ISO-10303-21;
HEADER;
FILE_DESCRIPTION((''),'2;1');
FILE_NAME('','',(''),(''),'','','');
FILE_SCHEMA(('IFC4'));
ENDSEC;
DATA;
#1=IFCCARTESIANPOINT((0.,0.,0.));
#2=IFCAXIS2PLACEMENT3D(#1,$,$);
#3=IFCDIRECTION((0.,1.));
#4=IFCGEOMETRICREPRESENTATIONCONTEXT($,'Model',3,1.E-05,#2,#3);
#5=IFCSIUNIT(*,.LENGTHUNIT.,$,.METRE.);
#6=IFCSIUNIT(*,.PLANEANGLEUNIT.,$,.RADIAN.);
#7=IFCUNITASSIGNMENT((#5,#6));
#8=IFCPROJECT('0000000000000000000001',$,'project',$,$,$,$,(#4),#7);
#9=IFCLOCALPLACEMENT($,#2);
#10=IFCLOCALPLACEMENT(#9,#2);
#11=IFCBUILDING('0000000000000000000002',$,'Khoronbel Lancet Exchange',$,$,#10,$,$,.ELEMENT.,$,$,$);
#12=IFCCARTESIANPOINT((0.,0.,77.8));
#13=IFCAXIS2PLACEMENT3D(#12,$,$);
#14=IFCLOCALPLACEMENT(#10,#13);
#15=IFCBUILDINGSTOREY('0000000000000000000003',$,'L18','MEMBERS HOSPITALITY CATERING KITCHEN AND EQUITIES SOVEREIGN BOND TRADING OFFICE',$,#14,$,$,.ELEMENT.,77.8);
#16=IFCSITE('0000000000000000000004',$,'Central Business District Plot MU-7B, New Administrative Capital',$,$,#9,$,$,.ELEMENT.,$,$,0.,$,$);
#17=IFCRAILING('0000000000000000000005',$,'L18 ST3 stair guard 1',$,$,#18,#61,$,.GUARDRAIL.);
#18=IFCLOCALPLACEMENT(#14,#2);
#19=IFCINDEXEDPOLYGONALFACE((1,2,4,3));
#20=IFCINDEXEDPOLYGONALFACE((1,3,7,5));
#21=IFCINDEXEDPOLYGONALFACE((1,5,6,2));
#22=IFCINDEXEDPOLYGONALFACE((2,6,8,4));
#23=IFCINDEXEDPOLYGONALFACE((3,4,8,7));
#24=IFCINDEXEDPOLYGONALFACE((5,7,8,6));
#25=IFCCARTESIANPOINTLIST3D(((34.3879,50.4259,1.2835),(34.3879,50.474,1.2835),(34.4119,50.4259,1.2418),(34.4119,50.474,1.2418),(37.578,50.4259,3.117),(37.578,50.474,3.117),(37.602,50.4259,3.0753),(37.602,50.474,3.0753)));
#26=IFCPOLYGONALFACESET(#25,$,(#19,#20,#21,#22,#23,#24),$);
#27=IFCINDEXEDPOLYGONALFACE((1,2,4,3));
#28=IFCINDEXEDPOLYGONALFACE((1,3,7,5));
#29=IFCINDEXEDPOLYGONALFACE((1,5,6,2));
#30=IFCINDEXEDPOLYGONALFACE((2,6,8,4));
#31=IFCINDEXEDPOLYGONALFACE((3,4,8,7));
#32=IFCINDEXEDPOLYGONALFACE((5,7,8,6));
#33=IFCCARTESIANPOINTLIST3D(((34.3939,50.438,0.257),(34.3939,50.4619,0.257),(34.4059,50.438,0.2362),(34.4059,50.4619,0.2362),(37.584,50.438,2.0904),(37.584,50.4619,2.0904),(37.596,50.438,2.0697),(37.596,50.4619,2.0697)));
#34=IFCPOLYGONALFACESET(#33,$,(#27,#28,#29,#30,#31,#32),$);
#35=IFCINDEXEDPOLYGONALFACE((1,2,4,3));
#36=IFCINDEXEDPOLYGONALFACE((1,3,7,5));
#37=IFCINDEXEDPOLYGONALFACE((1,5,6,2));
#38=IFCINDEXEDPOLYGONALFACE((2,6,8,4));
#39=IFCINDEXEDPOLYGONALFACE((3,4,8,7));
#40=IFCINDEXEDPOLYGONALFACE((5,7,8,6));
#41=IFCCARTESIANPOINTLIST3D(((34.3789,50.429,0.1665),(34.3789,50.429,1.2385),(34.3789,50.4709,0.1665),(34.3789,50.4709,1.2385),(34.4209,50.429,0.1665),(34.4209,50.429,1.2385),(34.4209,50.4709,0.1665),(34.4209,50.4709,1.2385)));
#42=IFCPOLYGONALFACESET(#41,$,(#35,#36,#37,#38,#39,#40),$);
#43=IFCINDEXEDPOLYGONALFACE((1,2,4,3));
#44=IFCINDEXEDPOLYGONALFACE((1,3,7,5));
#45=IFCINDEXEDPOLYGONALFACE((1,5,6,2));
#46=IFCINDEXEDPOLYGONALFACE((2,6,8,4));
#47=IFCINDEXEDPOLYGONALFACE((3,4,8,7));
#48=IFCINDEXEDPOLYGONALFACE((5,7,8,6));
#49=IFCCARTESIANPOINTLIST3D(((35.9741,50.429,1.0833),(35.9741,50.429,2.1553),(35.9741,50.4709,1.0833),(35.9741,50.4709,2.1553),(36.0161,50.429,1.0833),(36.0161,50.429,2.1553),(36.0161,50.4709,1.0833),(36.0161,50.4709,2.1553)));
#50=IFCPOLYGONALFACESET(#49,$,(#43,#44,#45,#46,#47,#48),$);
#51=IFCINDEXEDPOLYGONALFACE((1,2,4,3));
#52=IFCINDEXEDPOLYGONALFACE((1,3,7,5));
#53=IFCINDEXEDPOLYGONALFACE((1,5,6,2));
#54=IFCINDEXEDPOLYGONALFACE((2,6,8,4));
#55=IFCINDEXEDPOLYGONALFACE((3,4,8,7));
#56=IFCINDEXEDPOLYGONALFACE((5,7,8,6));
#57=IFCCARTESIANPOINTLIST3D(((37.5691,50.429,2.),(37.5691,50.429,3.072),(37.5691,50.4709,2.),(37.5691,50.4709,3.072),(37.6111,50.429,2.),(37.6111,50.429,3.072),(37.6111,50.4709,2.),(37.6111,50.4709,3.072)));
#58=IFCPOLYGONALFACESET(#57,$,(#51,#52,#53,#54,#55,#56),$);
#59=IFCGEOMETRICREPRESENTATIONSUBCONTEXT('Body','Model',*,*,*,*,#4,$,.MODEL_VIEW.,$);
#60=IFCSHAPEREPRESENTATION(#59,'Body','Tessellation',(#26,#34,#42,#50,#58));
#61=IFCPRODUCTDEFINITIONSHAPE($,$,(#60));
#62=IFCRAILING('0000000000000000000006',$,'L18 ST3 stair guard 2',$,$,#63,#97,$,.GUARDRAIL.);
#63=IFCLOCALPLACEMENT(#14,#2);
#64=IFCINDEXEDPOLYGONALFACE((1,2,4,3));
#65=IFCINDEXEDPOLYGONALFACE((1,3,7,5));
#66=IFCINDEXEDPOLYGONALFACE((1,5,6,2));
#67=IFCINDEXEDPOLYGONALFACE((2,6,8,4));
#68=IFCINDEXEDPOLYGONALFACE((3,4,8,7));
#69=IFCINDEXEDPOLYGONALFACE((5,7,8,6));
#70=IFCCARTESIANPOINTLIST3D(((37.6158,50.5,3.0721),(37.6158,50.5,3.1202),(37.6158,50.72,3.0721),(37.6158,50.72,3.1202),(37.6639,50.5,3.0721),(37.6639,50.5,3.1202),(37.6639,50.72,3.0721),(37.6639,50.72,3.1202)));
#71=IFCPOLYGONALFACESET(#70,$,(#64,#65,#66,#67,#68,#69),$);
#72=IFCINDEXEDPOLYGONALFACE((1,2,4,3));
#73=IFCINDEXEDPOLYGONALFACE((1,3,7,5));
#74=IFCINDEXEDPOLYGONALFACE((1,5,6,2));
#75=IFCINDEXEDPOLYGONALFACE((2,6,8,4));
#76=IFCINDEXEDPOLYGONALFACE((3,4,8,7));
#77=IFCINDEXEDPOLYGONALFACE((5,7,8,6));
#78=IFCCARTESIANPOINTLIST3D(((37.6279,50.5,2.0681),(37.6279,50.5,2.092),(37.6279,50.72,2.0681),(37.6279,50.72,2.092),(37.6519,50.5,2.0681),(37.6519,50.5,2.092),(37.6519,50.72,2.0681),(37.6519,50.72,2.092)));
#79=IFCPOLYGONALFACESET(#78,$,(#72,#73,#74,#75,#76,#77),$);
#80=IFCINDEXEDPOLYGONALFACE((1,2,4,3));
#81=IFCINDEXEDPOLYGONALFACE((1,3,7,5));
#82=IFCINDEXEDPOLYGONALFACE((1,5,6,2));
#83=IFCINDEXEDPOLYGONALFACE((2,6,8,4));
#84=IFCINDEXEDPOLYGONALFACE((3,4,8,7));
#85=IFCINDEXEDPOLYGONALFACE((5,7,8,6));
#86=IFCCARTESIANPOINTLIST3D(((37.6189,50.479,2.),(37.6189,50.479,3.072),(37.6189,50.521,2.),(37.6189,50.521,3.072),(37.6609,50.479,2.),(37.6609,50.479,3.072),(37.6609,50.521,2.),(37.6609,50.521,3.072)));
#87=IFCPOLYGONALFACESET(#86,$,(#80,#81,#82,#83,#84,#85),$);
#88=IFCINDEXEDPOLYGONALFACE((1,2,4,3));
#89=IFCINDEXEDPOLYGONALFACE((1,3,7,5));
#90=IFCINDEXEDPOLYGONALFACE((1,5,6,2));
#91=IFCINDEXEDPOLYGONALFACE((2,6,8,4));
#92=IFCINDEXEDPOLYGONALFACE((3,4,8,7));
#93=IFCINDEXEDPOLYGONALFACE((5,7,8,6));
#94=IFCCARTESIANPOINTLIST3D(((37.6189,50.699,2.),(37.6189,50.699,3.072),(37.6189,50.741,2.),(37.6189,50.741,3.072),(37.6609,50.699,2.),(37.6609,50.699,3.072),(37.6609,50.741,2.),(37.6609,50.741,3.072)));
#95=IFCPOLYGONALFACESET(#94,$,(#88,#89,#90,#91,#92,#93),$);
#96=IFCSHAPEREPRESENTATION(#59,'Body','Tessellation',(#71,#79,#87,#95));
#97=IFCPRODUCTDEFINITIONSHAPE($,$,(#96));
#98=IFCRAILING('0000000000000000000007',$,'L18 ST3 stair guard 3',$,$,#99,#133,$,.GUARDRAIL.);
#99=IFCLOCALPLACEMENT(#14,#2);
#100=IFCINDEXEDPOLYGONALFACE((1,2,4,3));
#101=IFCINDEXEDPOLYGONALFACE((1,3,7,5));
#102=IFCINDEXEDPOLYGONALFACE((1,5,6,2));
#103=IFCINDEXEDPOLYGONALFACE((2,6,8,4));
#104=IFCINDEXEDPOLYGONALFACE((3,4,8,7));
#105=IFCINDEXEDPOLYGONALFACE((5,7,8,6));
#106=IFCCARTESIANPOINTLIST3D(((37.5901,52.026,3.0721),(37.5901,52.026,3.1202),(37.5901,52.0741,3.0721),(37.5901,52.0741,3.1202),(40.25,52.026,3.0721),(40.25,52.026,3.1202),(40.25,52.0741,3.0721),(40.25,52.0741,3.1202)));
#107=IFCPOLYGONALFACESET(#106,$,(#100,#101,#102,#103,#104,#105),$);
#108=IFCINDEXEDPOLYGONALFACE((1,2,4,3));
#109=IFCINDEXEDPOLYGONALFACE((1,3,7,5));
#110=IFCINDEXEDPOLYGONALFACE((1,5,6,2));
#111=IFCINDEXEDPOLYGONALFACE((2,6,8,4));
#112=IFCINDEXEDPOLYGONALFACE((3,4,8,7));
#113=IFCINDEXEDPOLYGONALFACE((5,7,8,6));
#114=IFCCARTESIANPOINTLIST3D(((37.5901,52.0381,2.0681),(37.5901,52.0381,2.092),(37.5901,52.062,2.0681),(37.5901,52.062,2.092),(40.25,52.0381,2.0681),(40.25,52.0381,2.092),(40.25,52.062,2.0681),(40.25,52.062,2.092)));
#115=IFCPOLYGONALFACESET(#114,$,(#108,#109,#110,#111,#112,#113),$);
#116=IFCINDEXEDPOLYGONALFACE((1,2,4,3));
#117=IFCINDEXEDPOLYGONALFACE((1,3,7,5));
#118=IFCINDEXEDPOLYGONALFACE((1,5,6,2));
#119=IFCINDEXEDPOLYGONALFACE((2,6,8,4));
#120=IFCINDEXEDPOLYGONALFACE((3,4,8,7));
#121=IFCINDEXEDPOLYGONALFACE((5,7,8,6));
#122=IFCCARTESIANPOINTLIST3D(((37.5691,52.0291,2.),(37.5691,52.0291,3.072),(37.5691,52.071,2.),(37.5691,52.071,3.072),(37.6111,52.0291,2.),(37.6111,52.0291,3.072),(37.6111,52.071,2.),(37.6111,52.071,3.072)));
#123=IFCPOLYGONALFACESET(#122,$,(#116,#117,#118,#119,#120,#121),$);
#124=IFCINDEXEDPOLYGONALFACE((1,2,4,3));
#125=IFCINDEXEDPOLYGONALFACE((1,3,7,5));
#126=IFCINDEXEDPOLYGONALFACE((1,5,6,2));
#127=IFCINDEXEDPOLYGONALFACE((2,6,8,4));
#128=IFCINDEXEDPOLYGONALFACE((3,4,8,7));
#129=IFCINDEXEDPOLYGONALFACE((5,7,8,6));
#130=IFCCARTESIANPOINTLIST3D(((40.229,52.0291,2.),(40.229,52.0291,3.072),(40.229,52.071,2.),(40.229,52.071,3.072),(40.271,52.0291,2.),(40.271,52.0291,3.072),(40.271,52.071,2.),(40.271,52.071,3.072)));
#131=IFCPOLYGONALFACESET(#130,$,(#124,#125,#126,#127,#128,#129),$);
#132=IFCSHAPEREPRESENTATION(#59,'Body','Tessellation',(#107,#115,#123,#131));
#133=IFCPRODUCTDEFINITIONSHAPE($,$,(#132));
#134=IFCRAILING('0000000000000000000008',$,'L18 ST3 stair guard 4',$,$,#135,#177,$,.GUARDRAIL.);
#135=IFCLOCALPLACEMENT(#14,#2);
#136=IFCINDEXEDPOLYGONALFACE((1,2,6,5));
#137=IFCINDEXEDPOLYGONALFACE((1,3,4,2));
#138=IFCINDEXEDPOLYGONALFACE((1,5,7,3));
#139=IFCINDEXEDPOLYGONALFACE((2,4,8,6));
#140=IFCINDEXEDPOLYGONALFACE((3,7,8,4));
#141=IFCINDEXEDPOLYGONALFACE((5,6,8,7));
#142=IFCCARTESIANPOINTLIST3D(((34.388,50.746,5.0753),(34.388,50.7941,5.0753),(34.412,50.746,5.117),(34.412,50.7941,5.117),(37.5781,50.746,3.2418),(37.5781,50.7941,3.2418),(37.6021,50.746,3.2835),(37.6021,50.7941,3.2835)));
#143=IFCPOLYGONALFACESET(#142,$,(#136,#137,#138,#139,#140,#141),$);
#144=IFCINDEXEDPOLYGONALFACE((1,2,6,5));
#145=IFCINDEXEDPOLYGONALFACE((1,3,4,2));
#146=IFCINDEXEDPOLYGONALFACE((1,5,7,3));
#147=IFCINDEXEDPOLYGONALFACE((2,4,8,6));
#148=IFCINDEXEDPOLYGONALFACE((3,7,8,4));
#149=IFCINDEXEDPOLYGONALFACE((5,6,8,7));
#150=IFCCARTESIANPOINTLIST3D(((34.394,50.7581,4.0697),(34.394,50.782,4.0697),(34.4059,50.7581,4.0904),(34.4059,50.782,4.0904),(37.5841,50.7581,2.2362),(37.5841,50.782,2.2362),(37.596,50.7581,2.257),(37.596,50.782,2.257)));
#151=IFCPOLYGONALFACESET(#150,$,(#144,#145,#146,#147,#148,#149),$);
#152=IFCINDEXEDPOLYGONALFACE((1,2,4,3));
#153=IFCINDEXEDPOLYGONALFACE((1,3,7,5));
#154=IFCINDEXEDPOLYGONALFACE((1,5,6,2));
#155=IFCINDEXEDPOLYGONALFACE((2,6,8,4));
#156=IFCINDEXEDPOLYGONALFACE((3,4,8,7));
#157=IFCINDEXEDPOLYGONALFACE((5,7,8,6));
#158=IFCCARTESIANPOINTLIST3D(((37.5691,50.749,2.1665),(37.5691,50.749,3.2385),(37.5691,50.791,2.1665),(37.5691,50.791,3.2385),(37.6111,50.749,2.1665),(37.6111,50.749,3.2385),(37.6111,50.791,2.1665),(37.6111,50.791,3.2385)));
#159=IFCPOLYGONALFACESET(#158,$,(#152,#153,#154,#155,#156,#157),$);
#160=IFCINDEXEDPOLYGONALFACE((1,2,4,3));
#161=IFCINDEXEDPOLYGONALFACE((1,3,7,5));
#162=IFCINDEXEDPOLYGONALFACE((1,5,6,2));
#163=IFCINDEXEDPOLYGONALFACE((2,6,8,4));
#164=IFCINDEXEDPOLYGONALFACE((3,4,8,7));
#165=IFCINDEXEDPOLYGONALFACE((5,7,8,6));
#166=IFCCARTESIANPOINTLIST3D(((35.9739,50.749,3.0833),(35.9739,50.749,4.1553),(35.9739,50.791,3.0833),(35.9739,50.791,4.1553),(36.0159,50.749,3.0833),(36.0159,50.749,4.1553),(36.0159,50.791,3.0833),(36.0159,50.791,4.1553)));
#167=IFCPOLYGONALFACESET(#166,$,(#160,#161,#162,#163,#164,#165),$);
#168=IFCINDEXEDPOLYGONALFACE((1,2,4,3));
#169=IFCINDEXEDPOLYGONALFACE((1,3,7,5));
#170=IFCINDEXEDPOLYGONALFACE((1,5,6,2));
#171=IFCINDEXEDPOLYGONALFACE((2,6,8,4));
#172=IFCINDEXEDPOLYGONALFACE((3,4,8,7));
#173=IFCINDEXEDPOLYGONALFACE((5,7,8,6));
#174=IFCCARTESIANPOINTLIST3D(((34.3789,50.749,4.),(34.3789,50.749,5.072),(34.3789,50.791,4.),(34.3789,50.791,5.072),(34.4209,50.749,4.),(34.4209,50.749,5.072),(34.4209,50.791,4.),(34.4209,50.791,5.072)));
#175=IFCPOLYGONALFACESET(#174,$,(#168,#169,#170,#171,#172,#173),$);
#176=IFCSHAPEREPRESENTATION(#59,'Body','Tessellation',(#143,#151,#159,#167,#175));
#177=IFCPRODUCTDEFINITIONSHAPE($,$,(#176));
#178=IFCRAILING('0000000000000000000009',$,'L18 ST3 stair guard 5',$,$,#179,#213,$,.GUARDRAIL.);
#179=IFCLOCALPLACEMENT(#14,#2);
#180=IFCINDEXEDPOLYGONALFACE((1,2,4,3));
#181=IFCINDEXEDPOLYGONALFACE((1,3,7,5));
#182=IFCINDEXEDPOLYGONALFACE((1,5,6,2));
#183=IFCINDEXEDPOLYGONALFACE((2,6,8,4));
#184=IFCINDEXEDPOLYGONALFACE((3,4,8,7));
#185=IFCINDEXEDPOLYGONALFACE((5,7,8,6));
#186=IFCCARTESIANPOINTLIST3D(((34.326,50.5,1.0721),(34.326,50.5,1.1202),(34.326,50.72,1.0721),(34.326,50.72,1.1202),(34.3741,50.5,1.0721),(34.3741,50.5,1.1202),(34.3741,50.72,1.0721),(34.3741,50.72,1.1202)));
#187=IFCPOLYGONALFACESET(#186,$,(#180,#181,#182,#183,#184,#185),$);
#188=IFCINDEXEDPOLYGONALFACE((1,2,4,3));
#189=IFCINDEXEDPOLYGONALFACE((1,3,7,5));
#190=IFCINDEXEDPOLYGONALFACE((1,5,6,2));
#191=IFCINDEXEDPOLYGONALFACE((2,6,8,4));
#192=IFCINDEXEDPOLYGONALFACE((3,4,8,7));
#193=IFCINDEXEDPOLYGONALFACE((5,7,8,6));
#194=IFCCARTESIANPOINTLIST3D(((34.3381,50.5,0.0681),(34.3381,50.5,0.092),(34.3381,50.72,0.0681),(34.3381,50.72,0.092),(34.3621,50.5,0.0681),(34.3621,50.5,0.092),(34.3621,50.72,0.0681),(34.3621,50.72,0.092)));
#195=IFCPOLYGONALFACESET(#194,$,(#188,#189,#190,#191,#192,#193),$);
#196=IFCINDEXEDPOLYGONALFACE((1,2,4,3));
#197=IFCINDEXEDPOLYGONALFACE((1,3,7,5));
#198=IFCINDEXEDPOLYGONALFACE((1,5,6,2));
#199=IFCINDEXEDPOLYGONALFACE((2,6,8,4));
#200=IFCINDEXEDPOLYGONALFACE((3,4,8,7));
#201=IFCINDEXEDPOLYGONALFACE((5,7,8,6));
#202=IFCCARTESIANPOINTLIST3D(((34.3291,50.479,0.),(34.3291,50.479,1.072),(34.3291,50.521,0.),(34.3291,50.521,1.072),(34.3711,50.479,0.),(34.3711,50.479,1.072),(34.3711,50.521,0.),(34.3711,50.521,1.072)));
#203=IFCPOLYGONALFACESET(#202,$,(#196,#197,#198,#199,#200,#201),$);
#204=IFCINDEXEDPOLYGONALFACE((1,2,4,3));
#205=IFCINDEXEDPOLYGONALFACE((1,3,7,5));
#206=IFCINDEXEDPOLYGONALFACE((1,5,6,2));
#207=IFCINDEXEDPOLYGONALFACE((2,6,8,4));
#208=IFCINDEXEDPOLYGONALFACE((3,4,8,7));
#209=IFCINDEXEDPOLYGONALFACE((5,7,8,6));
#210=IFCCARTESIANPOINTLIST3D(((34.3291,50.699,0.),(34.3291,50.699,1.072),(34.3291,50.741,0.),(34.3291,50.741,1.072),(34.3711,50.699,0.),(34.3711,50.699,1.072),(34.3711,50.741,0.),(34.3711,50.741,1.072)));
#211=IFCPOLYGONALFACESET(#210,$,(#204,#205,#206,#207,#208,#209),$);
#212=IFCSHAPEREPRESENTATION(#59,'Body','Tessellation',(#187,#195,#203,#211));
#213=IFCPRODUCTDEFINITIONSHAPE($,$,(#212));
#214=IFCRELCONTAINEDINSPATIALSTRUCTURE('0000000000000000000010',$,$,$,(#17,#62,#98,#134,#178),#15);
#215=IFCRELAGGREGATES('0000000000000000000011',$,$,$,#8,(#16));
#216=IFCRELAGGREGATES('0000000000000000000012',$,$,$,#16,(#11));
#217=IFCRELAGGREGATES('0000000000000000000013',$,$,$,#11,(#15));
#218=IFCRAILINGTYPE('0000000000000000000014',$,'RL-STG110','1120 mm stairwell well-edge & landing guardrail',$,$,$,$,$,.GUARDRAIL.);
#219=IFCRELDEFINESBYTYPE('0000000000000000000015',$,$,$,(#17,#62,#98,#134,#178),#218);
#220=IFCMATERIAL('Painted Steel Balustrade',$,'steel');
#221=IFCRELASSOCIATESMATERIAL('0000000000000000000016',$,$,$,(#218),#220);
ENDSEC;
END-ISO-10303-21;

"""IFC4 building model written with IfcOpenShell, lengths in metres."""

from ifc_helpers import new_model, si_unit, direction, frame, origin, origin_2d, place, context, subcontext, project, spatial, rectangle, extrude, material, type_object, element, save


model = new_model("IFC4")

# Units and contexts
model_context = context("Model", 3, precision=1e-05, world=origin(), true_north=direction((0.0, 1.0)))
body_context = subcontext(model_context, "Body", "Model", "MODEL_VIEW")
ifc_project = project(units=[si_unit("LENGTHUNIT", "METRE"), si_unit("PLANEANGLEUNIT", "RADIAN")], contexts=[model_context])

# Site, building, storey
site_placement = place(None, origin())
site = spatial("IfcSite", under=ifc_project, at=site_placement, Name="Central Business District Plot MU-7B, New Administrative Capital", CompositionType="ELEMENT", RefElevation=0.0)
building_placement = place(site_placement, origin())
building = spatial("IfcBuilding", under=site, at=building_placement, Name="Khoronbel Lancet Exchange", CompositionType="ELEMENT")
storey_placement = place(building_placement, frame((0.0, 0.0, 77.8)))
storey = spatial("IfcBuildingStorey", under=building, at=storey_placement, Name="L18", Description="MEMBERS HOSPITALITY CATERING KITCHEN AND EQUITIES SOVEREIGN BOND TRADING OFFICE", CompositionType="ELEMENT", Elevation=77.8)

# Railings
ifc_material_1 = material(Name="Painted Steel Balustrade", Category="steel")
railing_type_1 = type_object("IfcRailingType", Name="RL-STG110", Description="1120 mm stairwell well-edge & landing guardrail", PredefinedType="GUARDRAIL", material=ifc_material_1)
railing_1_placement = place(storey_placement, frame((34.3999, 50.45, 0.1665)))
element("IfcRailing", 1, at=railing_1_placement, inside=storey, type_object=railing_type_1, Name="L18 ST3 stair guard 1", PredefinedType="GUARDRAIL", context=body_context, shape_type="SweptSolid", body=[
    extrude(rectangle(XDim=0.0481, YDim=0.0481, at=origin_2d()), frame((0.0, 0.0, 1.0962), z_axis=(0.867007, 0.0, 0.498295), x_axis=(0.0, 1.0, 0.0)), (0.0, 0.0, 1.0), 3.6794),
    extrude(rectangle(XDim=0.0239, YDim=0.0239, at=origin_2d()), frame((0.0, 0.0, 0.0801), z_axis=(0.867007, 0.0, 0.498295), x_axis=(0.0, 1.0, 0.0)), (0.0, 0.0, 1.0), 3.6794),
    extrude(rectangle(XDim=0.042, YDim=0.042, at=origin_2d()), origin(), (0.0, 0.0, 1.0), 1.072),
    extrude(rectangle(XDim=0.042, YDim=0.042, at=origin_2d()), frame((1.5952, 0.0, 0.9167)), (0.0, 0.0, 1.0), 1.072),
    extrude(rectangle(XDim=0.042, YDim=0.042, at=origin_2d()), frame((3.1902, 0.0, 1.8335)), (0.0, 0.0, 1.0), 1.072),
])
railing_2_placement = place(storey_placement, frame((37.6399, 50.5, 2.0)))
element("IfcRailing", 2, at=railing_2_placement, inside=storey, type_object=railing_type_1, Name="L18 ST3 stair guard 2", PredefinedType="GUARDRAIL", context=body_context, shape_type="SweptSolid", body=[
    extrude(rectangle(XDim=0.0481, YDim=0.0481, at=origin_2d()), frame((0.0, 0.0, 1.0962), z_axis=(0.0, 1.0, 0.0), x_axis=(-1.0, 0.0, 0.0)), (0.0, 0.0, 1.0), 0.22),
    extrude(rectangle(XDim=0.0239, YDim=0.0239, at=origin_2d()), frame((0.0, 0.0, 0.0801), z_axis=(0.0, 1.0, 0.0), x_axis=(-1.0, 0.0, 0.0)), (0.0, 0.0, 1.0), 0.22),
    extrude(rectangle(XDim=0.042, YDim=0.042, at=origin_2d()), origin(), (0.0, 0.0, 1.0), 1.072),
    extrude(rectangle(XDim=0.042, YDim=0.042, at=origin_2d()), frame((0.0, 0.22, 0.0)), (0.0, 0.0, 1.0), 1.072),
])
railing_3_placement = place(storey_placement, frame((37.5901, 52.05, 2.0)))
element("IfcRailing", 3, at=railing_3_placement, inside=storey, type_object=railing_type_1, Name="L18 ST3 stair guard 3", PredefinedType="GUARDRAIL", context=body_context, shape_type="SweptSolid", body=[
    extrude(rectangle(XDim=0.0481, YDim=0.0481, at=origin_2d()), frame((0.0, 0.0, 1.0962), z_axis=(1.0, 0.0, 0.0), x_axis=(0.0, 1.0, 0.0)), (0.0, 0.0, 1.0), 2.6599),
    extrude(rectangle(XDim=0.0239, YDim=0.0239, at=origin_2d()), frame((0.0, 0.0, 0.0801), z_axis=(1.0, 0.0, 0.0), x_axis=(0.0, 1.0, 0.0)), (0.0, 0.0, 1.0), 2.6599),
    extrude(rectangle(XDim=0.042, YDim=0.042, at=origin_2d()), origin(), (0.0, 0.0, 1.0), 1.072),
    extrude(rectangle(XDim=0.042, YDim=0.042, at=origin_2d()), frame((2.6599, 0.0, 0.0)), (0.0, 0.0, 1.0), 1.072),
])
railing_4_placement = place(storey_placement, frame((37.5901, 50.77, 2.1665)))
element("IfcRailing", 4, at=railing_4_placement, inside=storey, type_object=railing_type_1, Name="L18 ST3 stair guard 4", PredefinedType="GUARDRAIL", context=body_context, shape_type="SweptSolid", body=[
    extrude(rectangle(XDim=0.0481, YDim=0.0481, at=origin_2d()), frame((0.0, 0.0, 1.0962), z_axis=(-0.867007, 0.0, 0.498295), x_axis=(0.0, -1.0, 0.0)), (0.0, 0.0, 1.0), 3.6794),
    extrude(rectangle(XDim=0.0239, YDim=0.0239, at=origin_2d()), frame((0.0, 0.0, 0.0801), z_axis=(-0.867007, 0.0, 0.498295), x_axis=(0.0, -1.0, 0.0)), (0.0, 0.0, 1.0), 3.6794),
    extrude(rectangle(XDim=0.042, YDim=0.042, at=origin_2d()), origin(), (0.0, 0.0, 1.0), 1.072),
    extrude(rectangle(XDim=0.042, YDim=0.042, at=origin_2d()), frame((-1.5952, 0.0, 0.9167)), (0.0, 0.0, 1.0), 1.072),
    extrude(rectangle(XDim=0.042, YDim=0.042, at=origin_2d()), frame((-3.1902, 0.0, 1.8335)), (0.0, 0.0, 1.0), 1.072),
])
railing_5_placement = place(storey_placement, frame((34.3501, 50.5, 0.0)))
element("IfcRailing", 5, at=railing_5_placement, inside=storey, type_object=railing_type_1, Name="L18 ST3 stair guard 5", PredefinedType="GUARDRAIL", context=body_context, shape_type="SweptSolid", body=[
    extrude(rectangle(XDim=0.0481, YDim=0.0481, at=origin_2d()), frame((0.0, 0.0, 1.0962), z_axis=(0.0, 1.0, 0.0), x_axis=(-1.0, 0.0, 0.0)), (0.0, 0.0, 1.0), 0.22),
    extrude(rectangle(XDim=0.0239, YDim=0.0239, at=origin_2d()), frame((0.0, 0.0, 0.0801), z_axis=(0.0, 1.0, 0.0), x_axis=(-1.0, 0.0, 0.0)), (0.0, 0.0, 1.0), 0.22),
    extrude(rectangle(XDim=0.042, YDim=0.042, at=origin_2d()), origin(), (0.0, 0.0, 1.0), 1.072),
    extrude(rectangle(XDim=0.042, YDim=0.042, at=origin_2d()), frame((0.0, 0.22, 0.0)), (0.0, 0.0, 1.0), 1.072),
])

save(model, "model.ifc")
